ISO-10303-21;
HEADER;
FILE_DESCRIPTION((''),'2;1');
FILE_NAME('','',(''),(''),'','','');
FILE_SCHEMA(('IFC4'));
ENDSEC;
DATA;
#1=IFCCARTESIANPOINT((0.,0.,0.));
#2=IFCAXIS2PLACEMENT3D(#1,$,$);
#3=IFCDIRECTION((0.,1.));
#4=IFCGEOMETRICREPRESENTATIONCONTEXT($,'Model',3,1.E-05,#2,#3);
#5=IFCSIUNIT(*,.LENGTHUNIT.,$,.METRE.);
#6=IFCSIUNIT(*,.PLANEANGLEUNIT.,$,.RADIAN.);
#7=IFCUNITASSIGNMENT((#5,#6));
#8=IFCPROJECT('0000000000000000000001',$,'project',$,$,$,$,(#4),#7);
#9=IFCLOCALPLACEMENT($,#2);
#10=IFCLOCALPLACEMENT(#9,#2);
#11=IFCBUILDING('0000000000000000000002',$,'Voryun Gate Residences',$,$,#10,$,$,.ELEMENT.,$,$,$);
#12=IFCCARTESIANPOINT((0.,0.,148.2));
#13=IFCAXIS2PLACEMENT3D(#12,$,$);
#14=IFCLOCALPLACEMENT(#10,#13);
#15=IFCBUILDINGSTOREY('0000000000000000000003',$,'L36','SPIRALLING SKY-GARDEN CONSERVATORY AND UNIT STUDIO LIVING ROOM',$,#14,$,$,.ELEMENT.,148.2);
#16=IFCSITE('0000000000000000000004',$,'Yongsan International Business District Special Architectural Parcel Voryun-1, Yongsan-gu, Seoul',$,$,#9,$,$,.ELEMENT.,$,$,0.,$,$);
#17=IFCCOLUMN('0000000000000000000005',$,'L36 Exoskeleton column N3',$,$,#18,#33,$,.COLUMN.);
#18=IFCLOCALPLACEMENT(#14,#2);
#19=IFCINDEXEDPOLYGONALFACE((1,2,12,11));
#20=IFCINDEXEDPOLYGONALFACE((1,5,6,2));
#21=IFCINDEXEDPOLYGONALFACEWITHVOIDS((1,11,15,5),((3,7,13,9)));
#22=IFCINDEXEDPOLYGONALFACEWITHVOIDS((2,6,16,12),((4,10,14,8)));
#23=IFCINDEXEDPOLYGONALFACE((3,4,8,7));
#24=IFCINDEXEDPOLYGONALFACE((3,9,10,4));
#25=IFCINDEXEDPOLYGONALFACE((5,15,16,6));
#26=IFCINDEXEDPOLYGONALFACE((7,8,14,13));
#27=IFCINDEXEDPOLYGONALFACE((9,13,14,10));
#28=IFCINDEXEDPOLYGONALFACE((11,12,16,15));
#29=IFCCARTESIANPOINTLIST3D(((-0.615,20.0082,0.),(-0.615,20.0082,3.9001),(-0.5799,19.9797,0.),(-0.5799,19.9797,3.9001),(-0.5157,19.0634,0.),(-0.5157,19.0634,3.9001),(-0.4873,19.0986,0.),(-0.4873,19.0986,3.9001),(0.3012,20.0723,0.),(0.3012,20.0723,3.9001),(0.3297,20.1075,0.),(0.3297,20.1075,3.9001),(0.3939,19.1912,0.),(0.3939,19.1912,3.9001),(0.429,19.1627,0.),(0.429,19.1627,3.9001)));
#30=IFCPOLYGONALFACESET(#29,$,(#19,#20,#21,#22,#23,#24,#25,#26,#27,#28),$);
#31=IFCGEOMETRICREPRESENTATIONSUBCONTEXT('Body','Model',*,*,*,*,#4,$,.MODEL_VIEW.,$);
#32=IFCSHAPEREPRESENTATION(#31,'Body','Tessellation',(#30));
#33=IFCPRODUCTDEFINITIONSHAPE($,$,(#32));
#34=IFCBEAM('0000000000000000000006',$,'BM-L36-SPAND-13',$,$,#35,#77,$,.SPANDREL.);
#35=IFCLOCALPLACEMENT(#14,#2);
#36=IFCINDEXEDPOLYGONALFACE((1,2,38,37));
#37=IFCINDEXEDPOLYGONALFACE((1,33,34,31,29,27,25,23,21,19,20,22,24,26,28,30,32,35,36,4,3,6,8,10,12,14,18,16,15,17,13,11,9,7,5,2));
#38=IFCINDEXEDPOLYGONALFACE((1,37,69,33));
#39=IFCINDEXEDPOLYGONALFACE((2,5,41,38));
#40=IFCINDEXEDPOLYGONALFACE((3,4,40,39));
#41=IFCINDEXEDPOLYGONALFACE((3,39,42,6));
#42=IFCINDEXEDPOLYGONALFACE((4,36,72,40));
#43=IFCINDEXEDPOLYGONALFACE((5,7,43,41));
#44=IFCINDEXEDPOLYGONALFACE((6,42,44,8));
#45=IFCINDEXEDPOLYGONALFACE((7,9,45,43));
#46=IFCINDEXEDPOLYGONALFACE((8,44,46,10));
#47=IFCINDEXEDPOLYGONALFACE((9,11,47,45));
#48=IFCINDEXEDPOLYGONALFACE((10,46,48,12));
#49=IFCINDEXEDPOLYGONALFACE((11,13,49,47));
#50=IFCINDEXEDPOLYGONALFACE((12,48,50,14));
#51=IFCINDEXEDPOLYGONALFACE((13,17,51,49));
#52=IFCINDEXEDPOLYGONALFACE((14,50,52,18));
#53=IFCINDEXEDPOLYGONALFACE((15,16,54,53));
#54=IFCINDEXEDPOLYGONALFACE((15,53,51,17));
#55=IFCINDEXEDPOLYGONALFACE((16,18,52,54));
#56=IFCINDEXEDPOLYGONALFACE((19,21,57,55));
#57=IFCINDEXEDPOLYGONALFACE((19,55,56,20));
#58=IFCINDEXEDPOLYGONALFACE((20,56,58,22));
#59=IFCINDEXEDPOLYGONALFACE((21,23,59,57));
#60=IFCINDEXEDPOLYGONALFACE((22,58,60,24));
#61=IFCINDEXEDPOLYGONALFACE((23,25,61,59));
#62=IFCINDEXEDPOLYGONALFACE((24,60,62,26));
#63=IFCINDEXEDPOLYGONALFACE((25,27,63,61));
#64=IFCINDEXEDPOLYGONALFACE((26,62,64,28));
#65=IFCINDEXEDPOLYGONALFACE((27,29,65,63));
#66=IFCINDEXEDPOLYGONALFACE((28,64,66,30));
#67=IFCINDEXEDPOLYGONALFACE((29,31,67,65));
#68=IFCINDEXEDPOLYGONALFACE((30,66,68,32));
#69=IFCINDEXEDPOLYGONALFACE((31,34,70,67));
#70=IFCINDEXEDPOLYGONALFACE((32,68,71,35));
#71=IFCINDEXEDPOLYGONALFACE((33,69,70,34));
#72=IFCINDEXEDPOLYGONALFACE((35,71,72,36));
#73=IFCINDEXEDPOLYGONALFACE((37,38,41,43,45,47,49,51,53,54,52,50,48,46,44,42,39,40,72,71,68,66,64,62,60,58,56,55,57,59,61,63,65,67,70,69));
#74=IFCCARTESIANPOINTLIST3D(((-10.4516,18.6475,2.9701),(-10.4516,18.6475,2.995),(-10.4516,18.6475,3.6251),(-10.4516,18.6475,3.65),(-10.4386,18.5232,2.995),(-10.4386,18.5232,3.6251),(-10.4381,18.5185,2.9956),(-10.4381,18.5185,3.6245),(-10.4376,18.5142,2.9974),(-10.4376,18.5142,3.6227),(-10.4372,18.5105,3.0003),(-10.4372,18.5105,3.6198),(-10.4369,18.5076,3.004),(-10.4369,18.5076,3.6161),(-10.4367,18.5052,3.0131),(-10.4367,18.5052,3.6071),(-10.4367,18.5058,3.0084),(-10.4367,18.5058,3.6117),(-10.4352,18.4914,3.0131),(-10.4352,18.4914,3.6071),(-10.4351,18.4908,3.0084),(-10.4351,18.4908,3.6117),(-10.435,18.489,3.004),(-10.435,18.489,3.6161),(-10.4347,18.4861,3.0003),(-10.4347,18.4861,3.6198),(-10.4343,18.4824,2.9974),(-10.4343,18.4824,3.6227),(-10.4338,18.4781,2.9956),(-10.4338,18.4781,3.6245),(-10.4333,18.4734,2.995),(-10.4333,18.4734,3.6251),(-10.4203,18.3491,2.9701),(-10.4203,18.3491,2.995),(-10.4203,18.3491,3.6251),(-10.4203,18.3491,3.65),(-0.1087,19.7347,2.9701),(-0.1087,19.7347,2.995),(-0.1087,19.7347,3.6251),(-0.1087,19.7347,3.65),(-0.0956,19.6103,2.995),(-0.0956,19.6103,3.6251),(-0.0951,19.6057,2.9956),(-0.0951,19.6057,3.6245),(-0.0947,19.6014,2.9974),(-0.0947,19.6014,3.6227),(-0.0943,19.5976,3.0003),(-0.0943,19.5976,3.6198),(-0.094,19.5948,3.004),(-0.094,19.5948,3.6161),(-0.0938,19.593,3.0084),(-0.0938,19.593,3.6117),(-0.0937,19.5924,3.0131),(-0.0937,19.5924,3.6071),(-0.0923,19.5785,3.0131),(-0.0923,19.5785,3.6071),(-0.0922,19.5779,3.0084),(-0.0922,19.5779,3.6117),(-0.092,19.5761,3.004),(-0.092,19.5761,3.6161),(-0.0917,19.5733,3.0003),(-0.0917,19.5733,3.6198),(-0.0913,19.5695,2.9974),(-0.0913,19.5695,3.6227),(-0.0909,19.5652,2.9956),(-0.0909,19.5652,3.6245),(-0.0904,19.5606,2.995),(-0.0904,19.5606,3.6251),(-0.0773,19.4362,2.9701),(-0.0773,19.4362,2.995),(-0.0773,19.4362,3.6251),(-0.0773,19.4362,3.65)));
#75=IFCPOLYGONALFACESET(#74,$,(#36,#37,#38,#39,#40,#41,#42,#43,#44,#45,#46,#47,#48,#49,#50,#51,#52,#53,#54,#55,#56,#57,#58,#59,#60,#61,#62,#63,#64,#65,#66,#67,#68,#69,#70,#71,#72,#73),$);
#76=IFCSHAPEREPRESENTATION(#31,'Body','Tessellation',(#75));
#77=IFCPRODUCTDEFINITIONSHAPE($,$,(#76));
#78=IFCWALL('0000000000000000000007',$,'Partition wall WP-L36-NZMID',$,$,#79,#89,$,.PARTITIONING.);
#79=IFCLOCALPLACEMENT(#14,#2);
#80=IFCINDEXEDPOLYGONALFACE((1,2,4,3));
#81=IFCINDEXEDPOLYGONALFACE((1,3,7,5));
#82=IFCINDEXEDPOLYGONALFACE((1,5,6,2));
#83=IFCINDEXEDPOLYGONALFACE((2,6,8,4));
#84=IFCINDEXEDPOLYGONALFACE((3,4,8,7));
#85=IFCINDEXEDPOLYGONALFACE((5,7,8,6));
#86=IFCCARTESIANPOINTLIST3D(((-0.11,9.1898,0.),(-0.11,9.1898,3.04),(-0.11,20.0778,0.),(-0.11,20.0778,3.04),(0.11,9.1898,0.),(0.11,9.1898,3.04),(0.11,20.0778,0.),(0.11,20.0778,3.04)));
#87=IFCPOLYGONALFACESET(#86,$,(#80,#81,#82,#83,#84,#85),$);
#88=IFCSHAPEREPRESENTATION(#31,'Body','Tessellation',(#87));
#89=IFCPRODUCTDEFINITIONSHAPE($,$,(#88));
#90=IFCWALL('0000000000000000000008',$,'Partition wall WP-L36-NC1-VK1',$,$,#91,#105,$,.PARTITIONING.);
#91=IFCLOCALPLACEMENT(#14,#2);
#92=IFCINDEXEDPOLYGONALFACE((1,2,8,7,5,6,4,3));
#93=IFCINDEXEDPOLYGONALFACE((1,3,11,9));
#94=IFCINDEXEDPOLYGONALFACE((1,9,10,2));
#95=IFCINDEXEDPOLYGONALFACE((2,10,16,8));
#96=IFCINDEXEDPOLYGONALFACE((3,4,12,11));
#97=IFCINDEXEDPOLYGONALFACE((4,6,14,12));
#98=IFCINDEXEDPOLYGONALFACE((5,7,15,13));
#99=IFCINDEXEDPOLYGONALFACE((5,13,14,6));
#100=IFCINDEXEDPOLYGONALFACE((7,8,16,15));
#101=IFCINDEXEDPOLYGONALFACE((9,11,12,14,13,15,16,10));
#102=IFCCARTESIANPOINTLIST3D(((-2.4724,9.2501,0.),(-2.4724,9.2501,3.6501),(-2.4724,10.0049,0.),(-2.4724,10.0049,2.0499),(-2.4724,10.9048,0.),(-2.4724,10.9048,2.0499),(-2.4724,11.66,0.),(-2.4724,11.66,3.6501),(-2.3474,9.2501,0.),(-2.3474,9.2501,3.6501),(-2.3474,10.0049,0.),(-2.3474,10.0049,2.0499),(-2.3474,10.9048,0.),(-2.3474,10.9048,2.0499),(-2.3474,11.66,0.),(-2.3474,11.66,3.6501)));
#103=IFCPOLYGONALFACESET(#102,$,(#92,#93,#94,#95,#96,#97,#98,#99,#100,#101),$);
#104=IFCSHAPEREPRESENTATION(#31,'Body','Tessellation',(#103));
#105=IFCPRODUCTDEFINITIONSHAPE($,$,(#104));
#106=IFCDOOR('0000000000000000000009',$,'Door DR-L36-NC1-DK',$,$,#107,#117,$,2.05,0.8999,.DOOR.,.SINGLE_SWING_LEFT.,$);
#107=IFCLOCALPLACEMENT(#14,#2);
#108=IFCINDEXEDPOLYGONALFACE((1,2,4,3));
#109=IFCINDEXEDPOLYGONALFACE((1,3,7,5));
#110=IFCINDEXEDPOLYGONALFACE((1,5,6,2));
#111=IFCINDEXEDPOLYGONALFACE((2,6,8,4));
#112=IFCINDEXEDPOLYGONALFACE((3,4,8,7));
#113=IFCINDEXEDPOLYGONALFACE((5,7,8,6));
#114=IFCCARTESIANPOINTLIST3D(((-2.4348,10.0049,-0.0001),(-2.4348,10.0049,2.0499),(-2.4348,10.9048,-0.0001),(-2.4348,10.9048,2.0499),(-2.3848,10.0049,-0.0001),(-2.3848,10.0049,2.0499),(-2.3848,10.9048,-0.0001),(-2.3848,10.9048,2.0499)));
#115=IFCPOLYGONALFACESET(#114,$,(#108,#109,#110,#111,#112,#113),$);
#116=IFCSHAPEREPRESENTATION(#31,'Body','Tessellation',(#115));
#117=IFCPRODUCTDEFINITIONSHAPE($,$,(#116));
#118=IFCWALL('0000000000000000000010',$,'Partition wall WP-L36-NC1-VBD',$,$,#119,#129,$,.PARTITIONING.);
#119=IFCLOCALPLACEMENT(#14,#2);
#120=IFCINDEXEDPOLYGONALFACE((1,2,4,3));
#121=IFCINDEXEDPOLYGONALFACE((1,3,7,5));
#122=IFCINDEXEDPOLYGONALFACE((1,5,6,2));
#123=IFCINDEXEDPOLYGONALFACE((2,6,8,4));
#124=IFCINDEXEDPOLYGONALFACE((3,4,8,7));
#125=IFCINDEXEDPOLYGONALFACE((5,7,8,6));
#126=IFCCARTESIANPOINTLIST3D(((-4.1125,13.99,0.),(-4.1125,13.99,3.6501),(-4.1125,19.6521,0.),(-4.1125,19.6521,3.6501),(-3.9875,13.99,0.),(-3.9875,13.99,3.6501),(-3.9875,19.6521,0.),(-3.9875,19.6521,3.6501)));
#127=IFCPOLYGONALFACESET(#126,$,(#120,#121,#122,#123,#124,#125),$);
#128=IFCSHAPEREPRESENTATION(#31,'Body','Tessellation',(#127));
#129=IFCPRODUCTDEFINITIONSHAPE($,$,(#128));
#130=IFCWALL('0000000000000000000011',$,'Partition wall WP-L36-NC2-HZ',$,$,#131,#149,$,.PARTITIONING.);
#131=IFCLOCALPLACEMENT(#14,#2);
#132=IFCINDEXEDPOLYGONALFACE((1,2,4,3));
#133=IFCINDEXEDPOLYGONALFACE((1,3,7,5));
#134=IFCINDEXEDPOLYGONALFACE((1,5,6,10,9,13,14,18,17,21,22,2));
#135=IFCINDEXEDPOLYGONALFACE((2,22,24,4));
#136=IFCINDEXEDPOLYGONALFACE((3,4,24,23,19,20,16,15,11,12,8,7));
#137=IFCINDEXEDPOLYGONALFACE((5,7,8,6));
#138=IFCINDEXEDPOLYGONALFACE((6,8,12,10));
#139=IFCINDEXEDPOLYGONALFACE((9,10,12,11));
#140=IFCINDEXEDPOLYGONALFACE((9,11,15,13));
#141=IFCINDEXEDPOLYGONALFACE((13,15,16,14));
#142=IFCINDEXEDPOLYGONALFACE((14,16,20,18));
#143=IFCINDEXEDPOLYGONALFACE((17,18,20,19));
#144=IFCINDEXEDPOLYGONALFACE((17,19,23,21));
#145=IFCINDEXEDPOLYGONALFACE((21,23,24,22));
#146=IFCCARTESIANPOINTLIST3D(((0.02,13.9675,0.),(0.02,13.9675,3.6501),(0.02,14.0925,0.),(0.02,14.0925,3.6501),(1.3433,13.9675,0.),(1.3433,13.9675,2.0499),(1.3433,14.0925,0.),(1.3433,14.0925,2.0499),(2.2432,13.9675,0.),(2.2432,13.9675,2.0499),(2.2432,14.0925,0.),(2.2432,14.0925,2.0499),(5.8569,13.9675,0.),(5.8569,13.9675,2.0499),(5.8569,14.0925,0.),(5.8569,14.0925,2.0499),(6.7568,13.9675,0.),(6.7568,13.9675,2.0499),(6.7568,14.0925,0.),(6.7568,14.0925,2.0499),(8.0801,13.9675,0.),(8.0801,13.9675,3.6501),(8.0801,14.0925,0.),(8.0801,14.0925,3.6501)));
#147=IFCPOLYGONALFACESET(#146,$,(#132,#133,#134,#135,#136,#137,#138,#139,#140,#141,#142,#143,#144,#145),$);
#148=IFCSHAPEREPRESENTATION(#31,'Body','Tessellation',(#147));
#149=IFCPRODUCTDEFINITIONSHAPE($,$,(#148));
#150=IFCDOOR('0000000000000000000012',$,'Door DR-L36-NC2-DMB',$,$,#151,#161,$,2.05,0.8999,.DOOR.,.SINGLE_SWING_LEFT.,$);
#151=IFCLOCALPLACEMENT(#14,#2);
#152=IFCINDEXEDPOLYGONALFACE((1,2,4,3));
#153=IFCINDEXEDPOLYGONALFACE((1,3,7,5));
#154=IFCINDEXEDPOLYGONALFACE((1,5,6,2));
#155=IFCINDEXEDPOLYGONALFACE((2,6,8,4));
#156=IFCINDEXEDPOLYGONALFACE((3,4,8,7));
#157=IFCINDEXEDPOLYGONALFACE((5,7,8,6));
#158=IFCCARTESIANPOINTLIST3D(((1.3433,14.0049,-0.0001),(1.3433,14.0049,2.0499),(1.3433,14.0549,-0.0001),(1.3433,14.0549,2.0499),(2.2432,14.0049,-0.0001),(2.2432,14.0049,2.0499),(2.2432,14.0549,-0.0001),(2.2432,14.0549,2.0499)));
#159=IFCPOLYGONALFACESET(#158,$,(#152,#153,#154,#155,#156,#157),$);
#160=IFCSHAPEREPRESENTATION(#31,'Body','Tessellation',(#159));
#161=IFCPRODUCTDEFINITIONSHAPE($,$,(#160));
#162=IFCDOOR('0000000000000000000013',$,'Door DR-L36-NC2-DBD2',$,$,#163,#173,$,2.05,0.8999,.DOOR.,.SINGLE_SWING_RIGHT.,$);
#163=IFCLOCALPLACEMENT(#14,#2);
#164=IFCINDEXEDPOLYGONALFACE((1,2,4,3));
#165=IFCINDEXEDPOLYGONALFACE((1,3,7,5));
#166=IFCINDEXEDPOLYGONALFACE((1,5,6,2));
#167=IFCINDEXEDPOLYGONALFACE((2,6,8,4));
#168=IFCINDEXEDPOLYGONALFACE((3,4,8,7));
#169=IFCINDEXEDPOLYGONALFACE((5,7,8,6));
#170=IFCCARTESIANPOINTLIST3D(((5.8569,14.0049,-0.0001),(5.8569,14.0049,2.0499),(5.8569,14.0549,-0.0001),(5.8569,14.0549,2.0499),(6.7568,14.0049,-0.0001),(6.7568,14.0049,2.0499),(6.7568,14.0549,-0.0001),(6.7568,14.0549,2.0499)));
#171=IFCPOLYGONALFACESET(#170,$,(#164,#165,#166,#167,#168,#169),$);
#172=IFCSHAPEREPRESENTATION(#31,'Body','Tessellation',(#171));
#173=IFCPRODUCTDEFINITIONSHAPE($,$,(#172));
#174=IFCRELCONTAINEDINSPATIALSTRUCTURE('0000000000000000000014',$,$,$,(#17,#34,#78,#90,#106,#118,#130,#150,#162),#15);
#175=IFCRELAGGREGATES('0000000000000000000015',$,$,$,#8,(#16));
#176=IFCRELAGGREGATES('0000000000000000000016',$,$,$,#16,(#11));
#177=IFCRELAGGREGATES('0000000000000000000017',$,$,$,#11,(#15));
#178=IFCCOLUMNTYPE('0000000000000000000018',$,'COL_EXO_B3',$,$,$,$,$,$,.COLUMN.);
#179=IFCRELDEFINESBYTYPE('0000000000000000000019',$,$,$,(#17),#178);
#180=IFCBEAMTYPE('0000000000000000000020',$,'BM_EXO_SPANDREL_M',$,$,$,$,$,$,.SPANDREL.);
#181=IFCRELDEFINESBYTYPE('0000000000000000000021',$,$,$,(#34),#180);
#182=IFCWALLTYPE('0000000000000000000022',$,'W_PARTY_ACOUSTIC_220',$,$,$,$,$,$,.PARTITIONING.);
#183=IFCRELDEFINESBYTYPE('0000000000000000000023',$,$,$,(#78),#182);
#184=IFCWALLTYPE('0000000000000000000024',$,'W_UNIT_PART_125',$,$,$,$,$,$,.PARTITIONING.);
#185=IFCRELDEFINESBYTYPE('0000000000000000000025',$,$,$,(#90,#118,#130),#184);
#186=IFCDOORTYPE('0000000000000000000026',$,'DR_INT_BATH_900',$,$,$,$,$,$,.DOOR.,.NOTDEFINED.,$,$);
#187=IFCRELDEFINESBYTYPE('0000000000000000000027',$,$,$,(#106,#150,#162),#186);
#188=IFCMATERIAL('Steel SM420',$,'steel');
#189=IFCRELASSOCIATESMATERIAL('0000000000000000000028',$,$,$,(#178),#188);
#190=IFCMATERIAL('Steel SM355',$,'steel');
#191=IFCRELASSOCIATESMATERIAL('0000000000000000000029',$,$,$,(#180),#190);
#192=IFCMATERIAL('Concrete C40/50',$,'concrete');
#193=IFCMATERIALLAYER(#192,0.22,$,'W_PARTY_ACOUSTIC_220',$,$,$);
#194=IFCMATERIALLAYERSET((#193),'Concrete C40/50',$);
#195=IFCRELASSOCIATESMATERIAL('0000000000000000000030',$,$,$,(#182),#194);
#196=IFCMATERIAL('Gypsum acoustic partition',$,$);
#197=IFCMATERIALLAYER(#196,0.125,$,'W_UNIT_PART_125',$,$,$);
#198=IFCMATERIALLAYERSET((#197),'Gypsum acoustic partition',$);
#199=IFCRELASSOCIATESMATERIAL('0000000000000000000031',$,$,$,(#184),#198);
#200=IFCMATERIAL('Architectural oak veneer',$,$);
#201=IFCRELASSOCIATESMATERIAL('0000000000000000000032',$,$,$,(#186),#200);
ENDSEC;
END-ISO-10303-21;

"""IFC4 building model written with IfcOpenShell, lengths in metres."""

from ifc_helpers import new_model, si_unit, direction, frame, frame_2d, origin, origin_2d, place, context, subcontext, project, spatial, rectangle, hollow_rectangle, i_section, extrude, material, layer, layer_set, material_profile, profile_set, type_object, element, fill, save


model = new_model("IFC4")

# Units and contexts
model_context = context("Model", 3, precision=1e-05, world=origin(), true_north=direction((0.0, 1.0)))
body_context = subcontext(model_context, "Body", "Model", "MODEL_VIEW")
ifc_project = project(units=[si_unit("LENGTHUNIT", "METRE"), si_unit("PLANEANGLEUNIT", "RADIAN")], contexts=[model_context])

# Site, building, storey
site_placement = place(None, origin())
site = spatial("IfcSite", under=ifc_project, at=site_placement, Name="Yongsan International Business District Special Architectural Parcel Voryun-1, Yongsan-gu, Seoul", CompositionType="ELEMENT", RefElevation=0.0)
building_placement = place(site_placement, origin())
building = spatial("IfcBuilding", under=site, at=building_placement, Name="Voryun Gate Residences", CompositionType="ELEMENT")
storey_placement = place(building_placement, frame((0.0, 0.0, 148.2)))
storey = spatial("IfcBuildingStorey", under=building, at=storey_placement, Name="L36", Description="SPIRALLING SKY-GARDEN CONSERVATORY AND UNIT STUDIO LIVING ROOM", CompositionType="ELEMENT", Elevation=148.2)

# Column
ifc_material_1 = material(Name="Steel SM420", Category="steel")
ifc_material_profile_1 = material_profile(ifc_material_1, hollow_rectangle(XDim=0.95, YDim=0.95, WallThickness=0.032, at=origin_2d()), Name="BOX-950x950x32")
ifc_profile_set_1 = profile_set([ifc_material_profile_1], Name="Steel SM420")
column_type = type_object("IfcColumnType", Name="COL_EXO_B3", PredefinedType="COLUMN", material=ifc_profile_set_1)
column_placement = place(storey_placement, frame((-0.093, 19.5854, 0.0), z_axis=(0.0, 0.0, 1.0), x_axis=(0.994522, 0.104528, 0.0)))
element("IfcColumn", 1, at=column_placement, inside=storey, type_object=column_type, Name="L36 Exoskeleton column N3", PredefinedType="COLUMN", context=body_context, shape_type="SweptSolid", body=[
    extrude(hollow_rectangle(XDim=0.95, YDim=0.95, WallThickness=0.032, at=origin_2d()), origin(), (0.0, 0.0, 1.0), 3.9001),
])

# Beam
ifc_material_2 = material(Name="Steel SM355", Category="steel")
ifc_material_profile_2 = material_profile(ifc_material_2, i_section(OverallWidth=0.3, OverallDepth=0.6799, WebThickness=0.0139, FlangeThickness=0.0249, FilletRadius=0.0181, at=origin_2d()), Name="H-680x300x14x25")
ifc_profile_set_2 = profile_set([ifc_material_profile_2], Name="Steel SM355")
beam_type = type_object("IfcBeamType", Name="BM_EXO_SPANDREL_M", PredefinedType="SPANDREL", material=ifc_profile_set_2)
beam_placement = place(storey_placement, frame((-0.093, 19.5854, 3.3101), z_axis=(-0.994521, -0.104534, 0.0), x_axis=(0.104534, -0.994521, 0.0)))
element("IfcBeam", 2, at=beam_placement, inside=storey, type_object=beam_type, Name="BM-L36-SPAND-13", PredefinedType="SPANDREL", context=body_context, shape_type="SweptSolid", body=[
    extrude(i_section(OverallWidth=0.3, OverallDepth=0.6799, WebThickness=0.0139, FlangeThickness=0.0249, FilletRadius=0.0181, at=origin_2d()), origin(), (0.0, 0.0, 1.0), 10.3999),
])

# Wall
ifc_material_3 = material(Name="Concrete C40/50", Category="concrete")
ifc_layer_1 = layer(ifc_material_3, 0.22, Name="W_PARTY_ACOUSTIC_220")
ifc_layer_set_1 = layer_set([ifc_layer_1], Name="Concrete C40/50")
wall_type_1 = type_object("IfcWallType", Name="W_PARTY_ACOUSTIC_220", PredefinedType="PARTITIONING", material=ifc_layer_set_1)
wall_1_placement = place(storey_placement, frame((0.0, 9.1899, 0.0), z_axis=(0.0, 0.0, 1.0), x_axis=(0.0, 1.0, 0.0)))
element("IfcWall", 3, at=wall_1_placement, inside=storey, type_object=wall_type_1, Name="Partition wall WP-L36-NZMID", PredefinedType="PARTITIONING", context=body_context, shape_type="SweptSolid", body=[
    extrude(rectangle(XDim=10.8879, YDim=0.22, at=frame_2d((5.4438, 0.0))), origin(), (0.0, 0.0, 1.0), 3.04),
])

# Wall, opening, door
ifc_material_4 = material(Name="Gypsum acoustic partition")
ifc_layer_2 = layer(ifc_material_4, 0.125, Name="W_UNIT_PART_125")
ifc_layer_set_2 = layer_set([ifc_layer_2], Name="Gypsum acoustic partition")
wall_type_2 = type_object("IfcWallType", Name="W_UNIT_PART_125", PredefinedType="PARTITIONING", material=ifc_layer_set_2)
wall_2_placement = place(storey_placement, frame((-2.4099, 9.25, 0.0), z_axis=(0.0, 0.0, 1.0), x_axis=(0.0, 1.0, 0.0)))
wall_2 = element("IfcWall", 4, at=wall_2_placement, inside=storey, type_object=wall_type_2, Name="Partition wall WP-L36-NC1-VK1", PredefinedType="PARTITIONING", context=body_context, shape_type="SweptSolid", body=[
    extrude(rectangle(XDim=2.4099, YDim=0.125, at=frame_2d((1.2051, 0.0))), origin(), (0.0, 0.0, 1.0), 3.6501),
])
opening_1_placement = place(wall_2_placement, frame((0.7549, 0.0, 0.0)))
opening_1 = element("IfcOpeningElement", 5, at=opening_1_placement, cuts=wall_2, PredefinedType="OPENING", context=body_context, shape_type="SweptSolid", body=[
    extrude(rectangle(XDim=0.8999, YDim=2.05, at=frame_2d((0.45, 1.0249))), frame((0.0, 0.0725, 0.0), z_axis=(0.0, -1.0, 0.0), x_axis=(1.0, 0.0, 0.0)), (0.0, 0.0, 1.0), 0.145),
])
ifc_material_5 = material(Name="Architectural oak veneer")
door_type = type_object("IfcDoorType", Name="DR_INT_BATH_900", OperationType="NOTDEFINED", PredefinedType="DOOR", material=ifc_material_5)
door_1_placement = place(opening_1_placement, origin())
door_1 = element("IfcDoor", 6, at=door_1_placement, inside=storey, type_object=door_type, Name="Door DR-L36-NC1-DK", OperationType="SINGLE_SWING_LEFT", OverallHeight=2.05, OverallWidth=0.8999, PredefinedType="DOOR", context=body_context, shape_type="SweptSolid", body=[
    extrude(rectangle(XDim=0.8999, YDim=2.05, at=frame_2d((0.45, 1.0249))), frame((0.0, 0.0249, 0.0), z_axis=(0.0, -1.0, 0.0), x_axis=(1.0, 0.0, 0.0)), (0.0, 0.0, 1.0), 0.05),
])
fill(opening_1, door_1)

# Wall
wall_3_placement = place(storey_placement, frame((-4.05, 13.99, 0.0), z_axis=(0.0, 0.0, 1.0), x_axis=(0.0, 1.0, 0.0)))
element("IfcWall", 7, at=wall_3_placement, inside=storey, type_object=wall_type_2, Name="Partition wall WP-L36-NC1-VBD", PredefinedType="PARTITIONING", context=body_context, shape_type="SweptSolid", body=[
    extrude(rectangle(XDim=5.6621, YDim=0.125, at=frame_2d((2.8311, 0.0))), origin(), (0.0, 0.0, 1.0), 3.6501),
])

# Wall, openings, doors
wall_4_placement = place(storey_placement, frame((0.02, 14.03, 0.0), z_axis=(0.0, 0.0, 1.0), x_axis=(1.0, 0.0, 0.0)))
wall_4 = element("IfcWall", 8, at=wall_4_placement, inside=storey, type_object=wall_type_2, Name="Partition wall WP-L36-NC2-HZ", PredefinedType="PARTITIONING", context=body_context, shape_type="SweptSolid", body=[
    extrude(rectangle(XDim=8.0601, YDim=0.125, at=frame_2d((4.03, 0.0))), origin(), (0.0, 0.0, 1.0), 3.6501),
])
opening_2_placement = place(wall_4_placement, frame((1.3232, 0.0, 0.0)))
opening_2 = element("IfcOpeningElement", 9, at=opening_2_placement, cuts=wall_4, PredefinedType="OPENING", context=body_context, shape_type="SweptSolid", body=[
    extrude(rectangle(XDim=0.8999, YDim=2.05, at=frame_2d((0.45, 1.0249))), frame((0.0, 0.0725, 0.0), z_axis=(0.0, -1.0, 0.0), x_axis=(1.0, 0.0, 0.0)), (0.0, 0.0, 1.0), 0.145),
])
opening_3_placement = place(wall_4_placement, frame((5.8369, 0.0, 0.0)))
opening_3 = element("IfcOpeningElement", 10, at=opening_3_placement, cuts=wall_4, PredefinedType="OPENING", context=body_context, shape_type="SweptSolid", body=[
    extrude(rectangle(XDim=0.8999, YDim=2.05, at=frame_2d((0.45, 1.0249))), frame((0.0, 0.0725, 0.0), z_axis=(0.0, -1.0, 0.0), x_axis=(1.0, 0.0, 0.0)), (0.0, 0.0, 1.0), 0.145),
])
door_2_placement = place(opening_2_placement, origin())
door_2 = element("IfcDoor", 11, at=door_2_placement, inside=storey, type_object=door_type, Name="Door DR-L36-NC2-DMB", OperationType="SINGLE_SWING_LEFT", OverallHeight=2.05, OverallWidth=0.8999, PredefinedType="DOOR", context=body_context, shape_type="SweptSolid", body=[
    extrude(rectangle(XDim=0.8999, YDim=2.05, at=frame_2d((0.45, 1.0249))), frame((0.0, 0.0249, 0.0), z_axis=(0.0, -1.0, 0.0), x_axis=(1.0, 0.0, 0.0)), (0.0, 0.0, 1.0), 0.05),
])
fill(opening_2, door_2)
door_3_placement = place(opening_3_placement, origin())
door_3 = element("IfcDoor", 12, at=door_3_placement, inside=storey, type_object=door_type, Name="Door DR-L36-NC2-DBD2", OperationType="SINGLE_SWING_RIGHT", OverallHeight=2.05, OverallWidth=0.8999, PredefinedType="DOOR", context=body_context, shape_type="SweptSolid", body=[
    extrude(rectangle(XDim=0.8999, YDim=2.05, at=frame_2d((0.45, 1.0249))), frame((0.0, 0.0249, 0.0), z_axis=(0.0, -1.0, 0.0), x_axis=(1.0, 0.0, 0.0)), (0.0, 0.0, 1.0), 0.05),
])
fill(opening_3, door_3)

save(model, "model.ifc")
